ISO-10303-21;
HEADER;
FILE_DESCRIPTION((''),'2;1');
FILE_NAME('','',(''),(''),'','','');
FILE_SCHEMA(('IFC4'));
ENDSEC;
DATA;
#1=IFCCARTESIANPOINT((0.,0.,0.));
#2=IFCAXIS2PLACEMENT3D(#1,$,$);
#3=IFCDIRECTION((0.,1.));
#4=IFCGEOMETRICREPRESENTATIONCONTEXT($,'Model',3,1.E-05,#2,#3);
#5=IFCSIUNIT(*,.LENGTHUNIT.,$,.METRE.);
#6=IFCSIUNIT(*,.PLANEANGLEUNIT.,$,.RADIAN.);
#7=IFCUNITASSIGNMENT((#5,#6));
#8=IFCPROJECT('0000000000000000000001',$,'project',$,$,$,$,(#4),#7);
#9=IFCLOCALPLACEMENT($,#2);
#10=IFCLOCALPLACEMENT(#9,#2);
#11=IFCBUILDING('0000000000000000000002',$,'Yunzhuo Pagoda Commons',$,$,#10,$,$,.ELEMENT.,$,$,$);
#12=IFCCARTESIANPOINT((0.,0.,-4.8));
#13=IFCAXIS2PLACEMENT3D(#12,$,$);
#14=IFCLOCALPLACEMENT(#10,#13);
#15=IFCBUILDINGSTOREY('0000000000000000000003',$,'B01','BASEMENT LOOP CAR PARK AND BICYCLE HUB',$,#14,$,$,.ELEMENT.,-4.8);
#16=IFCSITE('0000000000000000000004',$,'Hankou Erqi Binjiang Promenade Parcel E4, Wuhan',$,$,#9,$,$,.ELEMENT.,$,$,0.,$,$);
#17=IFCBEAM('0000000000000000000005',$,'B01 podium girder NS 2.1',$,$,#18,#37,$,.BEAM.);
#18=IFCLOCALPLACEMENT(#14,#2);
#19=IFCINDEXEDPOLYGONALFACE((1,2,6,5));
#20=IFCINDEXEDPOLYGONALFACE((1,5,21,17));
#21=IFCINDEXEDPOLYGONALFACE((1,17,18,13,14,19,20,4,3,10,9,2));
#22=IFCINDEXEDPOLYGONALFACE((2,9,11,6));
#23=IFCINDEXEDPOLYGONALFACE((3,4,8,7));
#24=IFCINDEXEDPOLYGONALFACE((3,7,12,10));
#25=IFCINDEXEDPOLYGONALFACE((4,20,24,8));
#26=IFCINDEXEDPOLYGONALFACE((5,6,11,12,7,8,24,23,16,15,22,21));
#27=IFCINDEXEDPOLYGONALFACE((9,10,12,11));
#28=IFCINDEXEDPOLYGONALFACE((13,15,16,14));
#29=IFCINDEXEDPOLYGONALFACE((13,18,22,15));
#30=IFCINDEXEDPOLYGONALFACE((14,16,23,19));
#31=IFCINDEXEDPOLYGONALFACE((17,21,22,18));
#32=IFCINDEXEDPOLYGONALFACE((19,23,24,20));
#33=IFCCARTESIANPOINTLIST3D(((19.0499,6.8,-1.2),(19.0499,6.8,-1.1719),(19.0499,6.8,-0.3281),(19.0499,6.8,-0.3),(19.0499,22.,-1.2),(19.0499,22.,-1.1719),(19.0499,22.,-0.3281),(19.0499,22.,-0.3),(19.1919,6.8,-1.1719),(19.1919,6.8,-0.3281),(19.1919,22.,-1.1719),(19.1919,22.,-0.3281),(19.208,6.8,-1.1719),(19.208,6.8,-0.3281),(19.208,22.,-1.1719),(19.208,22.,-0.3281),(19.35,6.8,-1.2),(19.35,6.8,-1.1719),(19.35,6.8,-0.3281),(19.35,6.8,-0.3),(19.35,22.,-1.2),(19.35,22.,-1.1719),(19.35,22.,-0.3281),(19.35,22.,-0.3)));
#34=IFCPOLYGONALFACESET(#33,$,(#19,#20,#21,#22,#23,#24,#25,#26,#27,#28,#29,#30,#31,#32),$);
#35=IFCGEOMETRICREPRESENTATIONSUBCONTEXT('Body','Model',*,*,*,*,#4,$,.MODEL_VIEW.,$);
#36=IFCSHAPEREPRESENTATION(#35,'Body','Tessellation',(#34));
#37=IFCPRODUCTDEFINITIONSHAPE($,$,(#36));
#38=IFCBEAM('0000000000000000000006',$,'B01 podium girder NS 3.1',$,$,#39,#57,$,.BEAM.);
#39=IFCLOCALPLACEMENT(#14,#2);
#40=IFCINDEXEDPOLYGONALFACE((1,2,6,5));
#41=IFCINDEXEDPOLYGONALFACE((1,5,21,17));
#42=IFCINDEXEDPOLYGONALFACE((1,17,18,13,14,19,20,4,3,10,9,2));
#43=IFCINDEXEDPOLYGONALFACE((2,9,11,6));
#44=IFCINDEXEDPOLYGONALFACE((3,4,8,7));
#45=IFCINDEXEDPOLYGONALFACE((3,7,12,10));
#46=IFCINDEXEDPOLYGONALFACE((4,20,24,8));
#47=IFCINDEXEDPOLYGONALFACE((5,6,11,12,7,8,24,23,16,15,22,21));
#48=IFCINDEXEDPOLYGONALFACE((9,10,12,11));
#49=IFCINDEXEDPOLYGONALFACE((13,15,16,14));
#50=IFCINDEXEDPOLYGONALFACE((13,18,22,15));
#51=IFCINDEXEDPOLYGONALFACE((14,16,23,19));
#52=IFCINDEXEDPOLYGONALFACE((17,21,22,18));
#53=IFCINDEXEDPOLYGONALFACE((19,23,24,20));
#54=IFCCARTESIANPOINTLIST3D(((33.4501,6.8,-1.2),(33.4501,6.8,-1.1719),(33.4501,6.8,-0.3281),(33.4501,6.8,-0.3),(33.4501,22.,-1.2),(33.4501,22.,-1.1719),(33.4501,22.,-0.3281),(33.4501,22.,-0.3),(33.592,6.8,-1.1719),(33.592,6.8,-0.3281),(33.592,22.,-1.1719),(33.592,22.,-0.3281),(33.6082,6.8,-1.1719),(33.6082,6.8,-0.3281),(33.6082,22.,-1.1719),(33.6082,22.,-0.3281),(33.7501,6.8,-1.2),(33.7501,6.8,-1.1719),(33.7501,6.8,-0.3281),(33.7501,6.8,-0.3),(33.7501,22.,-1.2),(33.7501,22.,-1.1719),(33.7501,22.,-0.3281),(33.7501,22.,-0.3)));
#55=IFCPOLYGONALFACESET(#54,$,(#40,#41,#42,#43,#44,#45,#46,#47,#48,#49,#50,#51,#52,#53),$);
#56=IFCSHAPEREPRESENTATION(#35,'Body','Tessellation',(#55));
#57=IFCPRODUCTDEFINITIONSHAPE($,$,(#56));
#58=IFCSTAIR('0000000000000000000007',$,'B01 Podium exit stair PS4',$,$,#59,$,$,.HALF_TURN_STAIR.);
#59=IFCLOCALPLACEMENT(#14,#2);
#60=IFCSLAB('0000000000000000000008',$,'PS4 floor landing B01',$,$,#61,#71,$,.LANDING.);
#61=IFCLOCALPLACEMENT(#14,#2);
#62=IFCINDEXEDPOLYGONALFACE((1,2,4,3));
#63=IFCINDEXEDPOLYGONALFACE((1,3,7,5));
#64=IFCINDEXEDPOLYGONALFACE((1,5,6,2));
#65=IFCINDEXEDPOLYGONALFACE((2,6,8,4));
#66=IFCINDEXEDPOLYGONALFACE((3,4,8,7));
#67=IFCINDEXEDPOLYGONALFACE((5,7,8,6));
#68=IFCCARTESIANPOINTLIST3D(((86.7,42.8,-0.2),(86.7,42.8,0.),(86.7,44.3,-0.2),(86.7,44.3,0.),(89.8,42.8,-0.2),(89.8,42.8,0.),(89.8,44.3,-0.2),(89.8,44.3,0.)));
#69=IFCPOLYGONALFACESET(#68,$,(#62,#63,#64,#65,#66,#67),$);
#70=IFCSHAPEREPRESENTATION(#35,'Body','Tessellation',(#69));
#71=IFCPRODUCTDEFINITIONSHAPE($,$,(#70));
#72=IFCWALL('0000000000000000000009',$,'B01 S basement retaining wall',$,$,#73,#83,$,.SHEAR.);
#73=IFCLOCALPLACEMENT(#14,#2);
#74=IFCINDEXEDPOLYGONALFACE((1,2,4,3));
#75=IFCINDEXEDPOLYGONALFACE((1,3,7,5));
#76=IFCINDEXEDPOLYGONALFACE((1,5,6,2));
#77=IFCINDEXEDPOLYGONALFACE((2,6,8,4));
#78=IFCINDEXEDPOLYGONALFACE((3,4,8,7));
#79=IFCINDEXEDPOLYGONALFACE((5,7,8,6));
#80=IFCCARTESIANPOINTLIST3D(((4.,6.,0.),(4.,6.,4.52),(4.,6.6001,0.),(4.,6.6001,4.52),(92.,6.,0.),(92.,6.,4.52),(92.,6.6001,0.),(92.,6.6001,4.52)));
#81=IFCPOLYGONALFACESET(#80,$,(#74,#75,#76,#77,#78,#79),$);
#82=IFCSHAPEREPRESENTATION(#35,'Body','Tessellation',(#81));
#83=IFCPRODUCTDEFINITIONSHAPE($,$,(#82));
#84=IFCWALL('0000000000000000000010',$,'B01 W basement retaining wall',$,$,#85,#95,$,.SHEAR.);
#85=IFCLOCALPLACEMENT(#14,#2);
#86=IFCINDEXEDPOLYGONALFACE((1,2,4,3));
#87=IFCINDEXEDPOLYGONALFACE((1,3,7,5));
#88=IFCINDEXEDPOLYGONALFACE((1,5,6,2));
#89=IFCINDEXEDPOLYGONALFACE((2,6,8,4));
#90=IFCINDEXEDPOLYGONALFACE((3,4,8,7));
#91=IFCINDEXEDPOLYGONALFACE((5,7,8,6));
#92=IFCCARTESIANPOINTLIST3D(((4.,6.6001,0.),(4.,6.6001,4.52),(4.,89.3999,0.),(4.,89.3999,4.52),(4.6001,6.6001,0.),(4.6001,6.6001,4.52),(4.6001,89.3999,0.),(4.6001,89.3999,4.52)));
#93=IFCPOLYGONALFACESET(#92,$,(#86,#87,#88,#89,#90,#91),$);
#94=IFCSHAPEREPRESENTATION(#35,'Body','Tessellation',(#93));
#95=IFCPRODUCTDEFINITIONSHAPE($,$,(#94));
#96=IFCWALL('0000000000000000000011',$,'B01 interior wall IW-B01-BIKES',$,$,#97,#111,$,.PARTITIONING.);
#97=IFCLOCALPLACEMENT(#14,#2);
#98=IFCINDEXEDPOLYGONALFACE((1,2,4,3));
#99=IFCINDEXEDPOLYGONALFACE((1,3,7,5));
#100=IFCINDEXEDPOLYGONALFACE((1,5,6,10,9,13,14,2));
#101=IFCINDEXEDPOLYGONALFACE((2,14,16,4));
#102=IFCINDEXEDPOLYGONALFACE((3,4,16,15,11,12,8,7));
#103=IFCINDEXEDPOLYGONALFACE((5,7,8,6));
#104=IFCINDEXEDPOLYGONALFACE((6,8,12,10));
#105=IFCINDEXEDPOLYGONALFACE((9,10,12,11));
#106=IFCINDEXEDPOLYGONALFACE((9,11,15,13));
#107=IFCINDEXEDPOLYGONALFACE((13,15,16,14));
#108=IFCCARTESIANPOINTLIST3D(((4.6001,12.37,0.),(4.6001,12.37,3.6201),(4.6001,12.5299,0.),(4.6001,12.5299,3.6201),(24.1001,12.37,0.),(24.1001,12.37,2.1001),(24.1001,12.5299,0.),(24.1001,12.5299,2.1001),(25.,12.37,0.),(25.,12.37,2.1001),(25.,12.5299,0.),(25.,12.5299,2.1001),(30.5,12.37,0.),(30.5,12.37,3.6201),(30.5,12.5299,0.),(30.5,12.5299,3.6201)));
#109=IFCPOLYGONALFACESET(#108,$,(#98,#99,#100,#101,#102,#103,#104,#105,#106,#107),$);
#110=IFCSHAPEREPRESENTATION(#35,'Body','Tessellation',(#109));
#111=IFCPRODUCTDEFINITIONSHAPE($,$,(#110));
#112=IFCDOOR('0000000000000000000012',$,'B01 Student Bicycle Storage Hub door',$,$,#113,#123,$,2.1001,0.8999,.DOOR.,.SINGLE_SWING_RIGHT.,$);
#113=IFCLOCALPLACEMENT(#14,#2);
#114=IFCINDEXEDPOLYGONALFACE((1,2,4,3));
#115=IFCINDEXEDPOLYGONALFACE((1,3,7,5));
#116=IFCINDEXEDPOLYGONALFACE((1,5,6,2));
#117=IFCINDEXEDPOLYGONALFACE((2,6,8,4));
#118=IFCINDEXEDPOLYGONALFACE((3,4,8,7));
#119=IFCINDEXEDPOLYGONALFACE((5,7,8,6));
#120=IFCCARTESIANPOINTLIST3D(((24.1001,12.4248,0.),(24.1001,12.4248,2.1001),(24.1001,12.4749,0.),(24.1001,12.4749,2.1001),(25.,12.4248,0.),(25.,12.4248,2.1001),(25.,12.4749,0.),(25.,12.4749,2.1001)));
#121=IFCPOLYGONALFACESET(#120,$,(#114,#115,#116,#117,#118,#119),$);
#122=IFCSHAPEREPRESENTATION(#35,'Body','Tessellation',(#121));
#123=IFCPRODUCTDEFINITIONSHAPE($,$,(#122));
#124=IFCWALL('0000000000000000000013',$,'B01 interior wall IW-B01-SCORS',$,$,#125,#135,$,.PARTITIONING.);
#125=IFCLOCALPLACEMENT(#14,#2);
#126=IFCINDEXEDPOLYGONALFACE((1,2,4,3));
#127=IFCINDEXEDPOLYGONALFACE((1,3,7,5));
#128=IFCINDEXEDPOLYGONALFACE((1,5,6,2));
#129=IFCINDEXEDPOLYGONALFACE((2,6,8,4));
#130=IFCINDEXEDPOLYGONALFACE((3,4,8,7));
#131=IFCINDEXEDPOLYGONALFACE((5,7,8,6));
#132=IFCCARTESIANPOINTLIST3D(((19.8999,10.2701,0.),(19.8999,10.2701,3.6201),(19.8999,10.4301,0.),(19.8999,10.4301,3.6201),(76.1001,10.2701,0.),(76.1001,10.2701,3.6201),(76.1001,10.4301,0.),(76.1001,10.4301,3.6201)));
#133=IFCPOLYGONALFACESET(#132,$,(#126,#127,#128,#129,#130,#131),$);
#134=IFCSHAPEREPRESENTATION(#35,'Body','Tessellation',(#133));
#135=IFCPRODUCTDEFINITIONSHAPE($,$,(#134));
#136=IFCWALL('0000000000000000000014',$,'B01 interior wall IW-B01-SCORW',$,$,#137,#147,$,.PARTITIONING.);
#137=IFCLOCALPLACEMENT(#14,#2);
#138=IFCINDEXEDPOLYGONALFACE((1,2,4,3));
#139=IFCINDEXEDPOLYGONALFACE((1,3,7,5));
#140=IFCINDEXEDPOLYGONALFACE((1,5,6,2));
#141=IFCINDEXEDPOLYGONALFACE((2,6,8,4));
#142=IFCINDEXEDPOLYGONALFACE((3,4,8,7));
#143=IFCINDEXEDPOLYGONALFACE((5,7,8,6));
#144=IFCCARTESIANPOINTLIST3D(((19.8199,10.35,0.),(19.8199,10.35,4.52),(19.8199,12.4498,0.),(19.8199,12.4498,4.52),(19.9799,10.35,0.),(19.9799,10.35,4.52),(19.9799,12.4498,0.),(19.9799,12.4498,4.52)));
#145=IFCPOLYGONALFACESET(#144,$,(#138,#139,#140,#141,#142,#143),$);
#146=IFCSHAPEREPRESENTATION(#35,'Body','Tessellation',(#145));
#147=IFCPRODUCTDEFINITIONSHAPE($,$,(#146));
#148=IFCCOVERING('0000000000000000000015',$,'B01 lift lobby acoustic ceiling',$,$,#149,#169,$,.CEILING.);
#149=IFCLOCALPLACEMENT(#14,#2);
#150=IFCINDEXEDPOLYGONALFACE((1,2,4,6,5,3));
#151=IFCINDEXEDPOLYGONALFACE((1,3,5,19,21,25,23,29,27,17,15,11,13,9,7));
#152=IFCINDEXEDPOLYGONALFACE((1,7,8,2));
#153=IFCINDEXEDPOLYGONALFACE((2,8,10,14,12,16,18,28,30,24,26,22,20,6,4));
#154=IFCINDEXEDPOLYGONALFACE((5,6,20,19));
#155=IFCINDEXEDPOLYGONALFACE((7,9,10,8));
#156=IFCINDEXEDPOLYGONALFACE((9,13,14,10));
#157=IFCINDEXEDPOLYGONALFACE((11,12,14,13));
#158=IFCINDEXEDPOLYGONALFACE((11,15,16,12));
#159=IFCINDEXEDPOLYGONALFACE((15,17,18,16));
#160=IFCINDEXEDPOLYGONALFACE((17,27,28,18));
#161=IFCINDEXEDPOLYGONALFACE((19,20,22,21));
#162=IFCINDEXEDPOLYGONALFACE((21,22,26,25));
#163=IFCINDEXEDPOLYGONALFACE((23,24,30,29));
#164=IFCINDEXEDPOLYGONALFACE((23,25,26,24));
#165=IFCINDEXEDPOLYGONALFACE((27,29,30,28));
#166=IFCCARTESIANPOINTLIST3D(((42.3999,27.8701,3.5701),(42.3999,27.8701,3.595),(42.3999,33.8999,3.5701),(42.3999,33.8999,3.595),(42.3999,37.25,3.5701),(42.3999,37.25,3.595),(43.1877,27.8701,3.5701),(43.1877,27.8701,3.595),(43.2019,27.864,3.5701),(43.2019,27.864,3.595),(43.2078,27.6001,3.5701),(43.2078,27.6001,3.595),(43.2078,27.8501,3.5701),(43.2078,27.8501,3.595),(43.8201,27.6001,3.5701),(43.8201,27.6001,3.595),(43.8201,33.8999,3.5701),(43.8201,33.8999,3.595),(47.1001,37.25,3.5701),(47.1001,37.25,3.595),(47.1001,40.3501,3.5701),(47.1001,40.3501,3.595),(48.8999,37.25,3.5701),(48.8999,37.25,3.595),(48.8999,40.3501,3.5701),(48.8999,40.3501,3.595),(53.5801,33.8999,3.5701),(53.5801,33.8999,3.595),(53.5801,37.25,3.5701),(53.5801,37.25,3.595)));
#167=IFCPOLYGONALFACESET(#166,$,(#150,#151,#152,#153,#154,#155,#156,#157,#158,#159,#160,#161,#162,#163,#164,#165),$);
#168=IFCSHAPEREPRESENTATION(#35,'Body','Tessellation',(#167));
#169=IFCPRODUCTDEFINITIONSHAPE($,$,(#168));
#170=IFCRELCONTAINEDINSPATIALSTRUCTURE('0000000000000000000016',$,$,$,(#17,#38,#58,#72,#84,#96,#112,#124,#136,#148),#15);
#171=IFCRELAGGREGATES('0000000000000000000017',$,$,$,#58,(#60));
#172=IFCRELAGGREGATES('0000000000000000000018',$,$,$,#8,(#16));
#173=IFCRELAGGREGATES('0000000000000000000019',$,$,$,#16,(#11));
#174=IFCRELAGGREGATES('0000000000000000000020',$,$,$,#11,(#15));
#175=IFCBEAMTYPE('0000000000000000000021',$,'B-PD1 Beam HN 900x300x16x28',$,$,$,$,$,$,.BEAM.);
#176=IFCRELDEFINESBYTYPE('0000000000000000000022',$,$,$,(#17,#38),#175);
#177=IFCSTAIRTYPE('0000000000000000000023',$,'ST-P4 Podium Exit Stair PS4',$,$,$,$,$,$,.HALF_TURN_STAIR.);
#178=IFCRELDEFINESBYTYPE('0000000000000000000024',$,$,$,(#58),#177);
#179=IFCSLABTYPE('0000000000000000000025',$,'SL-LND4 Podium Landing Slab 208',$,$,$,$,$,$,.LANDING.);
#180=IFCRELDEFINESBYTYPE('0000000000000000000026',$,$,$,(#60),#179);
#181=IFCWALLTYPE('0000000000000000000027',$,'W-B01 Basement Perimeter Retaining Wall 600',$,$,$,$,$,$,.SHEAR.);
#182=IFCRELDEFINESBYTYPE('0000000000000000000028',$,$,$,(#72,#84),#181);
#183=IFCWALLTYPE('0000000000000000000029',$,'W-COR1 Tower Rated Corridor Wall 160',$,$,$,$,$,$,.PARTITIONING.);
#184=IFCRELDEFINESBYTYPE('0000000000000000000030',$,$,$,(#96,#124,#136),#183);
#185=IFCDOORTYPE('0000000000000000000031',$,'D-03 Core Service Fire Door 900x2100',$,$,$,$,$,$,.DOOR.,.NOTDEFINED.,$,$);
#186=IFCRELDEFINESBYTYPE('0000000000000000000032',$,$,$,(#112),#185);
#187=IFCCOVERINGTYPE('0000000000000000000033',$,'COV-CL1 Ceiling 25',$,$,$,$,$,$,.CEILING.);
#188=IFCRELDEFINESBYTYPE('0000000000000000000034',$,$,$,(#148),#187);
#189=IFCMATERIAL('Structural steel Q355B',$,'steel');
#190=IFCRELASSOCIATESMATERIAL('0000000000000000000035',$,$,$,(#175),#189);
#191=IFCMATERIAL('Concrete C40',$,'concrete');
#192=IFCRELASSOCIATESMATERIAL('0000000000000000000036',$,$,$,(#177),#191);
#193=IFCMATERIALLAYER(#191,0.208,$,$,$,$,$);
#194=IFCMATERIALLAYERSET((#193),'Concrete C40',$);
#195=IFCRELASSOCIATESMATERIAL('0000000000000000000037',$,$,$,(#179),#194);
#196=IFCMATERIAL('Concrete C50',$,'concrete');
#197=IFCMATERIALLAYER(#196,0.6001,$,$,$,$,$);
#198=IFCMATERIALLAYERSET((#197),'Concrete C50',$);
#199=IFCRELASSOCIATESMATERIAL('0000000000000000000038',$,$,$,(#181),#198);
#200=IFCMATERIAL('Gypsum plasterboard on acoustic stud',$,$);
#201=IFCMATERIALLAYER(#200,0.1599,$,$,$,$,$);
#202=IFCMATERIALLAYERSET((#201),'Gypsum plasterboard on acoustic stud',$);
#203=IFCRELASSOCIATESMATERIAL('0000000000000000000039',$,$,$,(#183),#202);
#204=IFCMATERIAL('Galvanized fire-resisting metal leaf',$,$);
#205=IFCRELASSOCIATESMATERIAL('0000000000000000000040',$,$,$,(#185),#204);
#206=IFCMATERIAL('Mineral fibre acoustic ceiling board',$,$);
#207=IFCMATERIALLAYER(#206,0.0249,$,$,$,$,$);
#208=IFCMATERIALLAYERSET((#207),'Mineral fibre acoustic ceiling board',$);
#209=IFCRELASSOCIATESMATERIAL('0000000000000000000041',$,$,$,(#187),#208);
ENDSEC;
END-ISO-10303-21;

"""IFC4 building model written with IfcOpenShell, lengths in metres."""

from ifc_helpers import new_model, si_unit, direction, frame, frame_2d, origin, origin_with_axes, origin_2d, place, context, subcontext, project, spatial, polyline, rectangle, i_section, outline, extrude, source, transform, mapped, material, layer, layer_set, material_profile, profile_set, type_object, element, fill, aggregate, save


model = new_model("IFC4")

# Units and contexts
model_context = context("Model", 3, precision=1e-05, world=origin(), true_north=direction((0.0, 1.0)))
body_context = subcontext(model_context, "Body", "Model", "MODEL_VIEW")
ifc_project = project(units=[si_unit("LENGTHUNIT", "METRE"), si_unit("PLANEANGLEUNIT", "RADIAN")], contexts=[model_context])

# Site, building, storey
site_placement = place(None, origin())
site = spatial("IfcSite", under=ifc_project, at=site_placement, Name="Hankou Erqi Binjiang Promenade Parcel E4, Wuhan", CompositionType="ELEMENT", RefElevation=0.0)
building_placement = place(site_placement, origin())
building = spatial("IfcBuilding", under=site, at=building_placement, Name="Yunzhuo Pagoda Commons", CompositionType="ELEMENT")
storey_placement = place(building_placement, frame((0.0, 0.0, -4.8)))
storey = spatial("IfcBuildingStorey", under=building, at=storey_placement, Name="B01", Description="BASEMENT LOOP CAR PARK AND BICYCLE HUB", CompositionType="ELEMENT", Elevation=-4.8)

# Shared definitions
ifc_material_1 = material(Name="Concrete C50", Category="concrete")

# Beams
ifc_material_2 = material(Name="Structural steel Q355B", Category="steel")
ifc_material_profile_1 = material_profile(ifc_material_2, i_section(OverallWidth=0.3, OverallDepth=0.8999, WebThickness=0.0161, FlangeThickness=0.0281, at=origin_2d()), Name="Structural steel Q355B")
ifc_profile_set_1 = profile_set([ifc_material_profile_1], Name="Structural steel Q355B")
beam_type_1 = type_object("IfcBeamType", Name="B-PD1 Beam HN 900x300x16x28", PredefinedType="BEAM", material=ifc_profile_set_1)
shared_shape_1 = source(origin(), body_context, "Body", "SweptSolid", [
    extrude(i_section(OverallWidth=0.3, OverallDepth=0.8999, WebThickness=0.0161, FlangeThickness=0.0281, at=origin_2d()), origin(), (0.0, 0.0, 1.0), 15.2),
])
for number, where, z_axis, x_axis, name in (
    (1, (19.2, 6.8, -0.75), (0.0, 1.0, 0.0), (-1.0, 0.0, 0.0), "B01 podium girder NS 2.1"),
    (2, (33.6001, 6.8, -0.75), (0.0, 1.0, 0.0), (-1.0, 0.0, 0.0), "B01 podium girder NS 3.1"),
):
    element("IfcBeam", number, at=place(storey_placement, frame(where, z_axis=z_axis, x_axis=x_axis)), inside=storey, type_object=beam_type_1, Name=name, PredefinedType="BEAM", context=body_context, shape_type="MappedRepresentation", body=[
        mapped(shared_shape_1, transform((0.0, 0.0, 0.0), scale=1.0)),
    ])

# Stair, slab
ifc_material_3 = material(Name="Concrete C40", Category="concrete")
stair_type = type_object("IfcStairType", Name="ST-P4 Podium Exit Stair PS4", PredefinedType="HALF_TURN_STAIR", material=ifc_material_3)
stair_placement = place(storey_placement, origin())
stair = element("IfcStair", 3, at=stair_placement, inside=storey, type_object=stair_type, Name="B01 Podium exit stair PS4", PredefinedType="HALF_TURN_STAIR")
ifc_layer_1 = layer(ifc_material_3, 0.208)
ifc_layer_set_1 = layer_set([ifc_layer_1], Name="Concrete C40")
slab_type = type_object("IfcSlabType", Name="SL-LND4 Podium Landing Slab 208", PredefinedType="LANDING", material=ifc_layer_set_1)
slab_placement = place(storey_placement, frame((0.0, 0.0, -0.2)))
slab = element("IfcSlab", 4, at=slab_placement, type_object=slab_type, Name="PS4 floor landing B01", PredefinedType="LANDING", context=body_context, shape_type="SweptSolid", body=[
    extrude(outline(polyline([(89.8, 42.8), (89.8, 44.3), (86.7, 44.3), (86.7, 42.8), (89.8, 42.8)])), origin(), (0.0, 0.0, 1.0), 0.2),
])
aggregate(stair, [slab])

# Walls
ifc_layer_2 = layer(ifc_material_1, 0.6001)
ifc_layer_set_2 = layer_set([ifc_layer_2], Name="Concrete C50")
wall_type_1 = type_object("IfcWallType", Name="W-B01 Basement Perimeter Retaining Wall 600", PredefinedType="SHEAR", material=ifc_layer_set_2)
wall_1_placement = place(storey_placement, frame((4.0, 6.3, 0.0), z_axis=(0.0, 0.0, 1.0), x_axis=(1.0, 0.0, 0.0)))
element("IfcWall", 5, at=wall_1_placement, inside=storey, type_object=wall_type_1, Name="B01 S basement retaining wall", PredefinedType="SHEAR", context=body_context, shape_type="SweptSolid", body=[
    extrude(rectangle(XDim=88.0, YDim=0.6001, at=frame_2d((44.0, 0.0))), origin(), (0.0, 0.0, 1.0), 4.52),
])
wall_2_placement = place(storey_placement, frame((4.3, 6.6001, 0.0), z_axis=(0.0, 0.0, 1.0), x_axis=(0.0, 1.0, 0.0)))
element("IfcWall", 6, at=wall_2_placement, inside=storey, type_object=wall_type_1, Name="B01 W basement retaining wall", PredefinedType="SHEAR", context=body_context, shape_type="SweptSolid", body=[
    extrude(rectangle(XDim=82.7998, YDim=0.6001, at=frame_2d((41.3999, 0.0))), origin(), (0.0, 0.0, 1.0), 4.52),
])

# Wall, opening, door
ifc_material_4 = material(Name="Gypsum plasterboard on acoustic stud")
ifc_layer_3 = layer(ifc_material_4, 0.1599)
ifc_layer_set_3 = layer_set([ifc_layer_3], Name="Gypsum plasterboard on acoustic stud")
wall_type_2 = type_object("IfcWallType", Name="W-COR1 Tower Rated Corridor Wall 160", PredefinedType="PARTITIONING", material=ifc_layer_set_3)
wall_3_placement = place(storey_placement, frame((4.6001, 12.45, 0.0), z_axis=(0.0, 0.0, 1.0), x_axis=(1.0, 0.0, 0.0)))
wall_3 = element("IfcWall", 7, at=wall_3_placement, inside=storey, type_object=wall_type_2, Name="B01 interior wall IW-B01-BIKES", PredefinedType="PARTITIONING", context=body_context, shape_type="SweptSolid", body=[
    extrude(rectangle(XDim=25.8999, YDim=0.1599, at=frame_2d((12.95, 0.0))), origin(), (0.0, 0.0, 1.0), 3.6201),
])
opening_placement = place(wall_3_placement, frame((19.5, 0.0, 0.0)))
opening = element("IfcOpeningElement", 8, at=opening_placement, cuts=wall_3, PredefinedType="OPENING", context=body_context, shape_type="SweptSolid", body=[
    extrude(rectangle(XDim=0.8999, YDim=2.1001, at=frame_2d((0.45, 1.05))), frame((0.0, 0.0898, 0.0), z_axis=(0.0, -1.0, 0.0), x_axis=(1.0, 0.0, 0.0)), (0.0, 0.0, 1.0), 0.1799),
])
ifc_material_5 = material(Name="Galvanized fire-resisting metal leaf")
door_type = type_object("IfcDoorType", Name="D-03 Core Service Fire Door 900x2100", OperationType="NOTDEFINED", PredefinedType="DOOR", material=ifc_material_5)
shared_shape_2 = source(origin(), body_context, "Body", "SweptSolid", [
    extrude(rectangle(XDim=0.8999, YDim=2.1001, at=frame_2d((0.45, 1.05))), frame((0.0, 0.0249, 0.0), z_axis=(0.0, -1.0, 0.0), x_axis=(1.0, 0.0, 0.0)), (0.0, 0.0, 1.0), 0.05),
])
door_placement = place(opening_placement, origin_with_axes())
door = element("IfcDoor", 9, at=door_placement, inside=storey, type_object=door_type, Name="B01 Student Bicycle Storage Hub door", OperationType="SINGLE_SWING_RIGHT", OverallHeight=2.1001, OverallWidth=0.8999, PredefinedType="DOOR", context=body_context, shape_type="MappedRepresentation", body=[
    mapped(shared_shape_2, transform((0.0, 0.0, 0.0), scale=1.0)),
])
fill(opening, door)

# Walls
wall_4_placement = place(storey_placement, frame((19.8999, 10.3501, 0.0), z_axis=(0.0, 0.0, 1.0), x_axis=(1.0, 0.0, 0.0)))
element("IfcWall", 10, at=wall_4_placement, inside=storey, type_object=wall_type_2, Name="B01 interior wall IW-B01-SCORS", PredefinedType="PARTITIONING", context=body_context, shape_type="SweptSolid", body=[
    extrude(rectangle(XDim=56.2002, YDim=0.1599, at=frame_2d((28.1001, 0.0))), origin(), (0.0, 0.0, 1.0), 3.6201),
])
wall_5_placement = place(storey_placement, frame((19.8999, 10.3501, 0.0), z_axis=(0.0, 0.0, 1.0), x_axis=(0.0, 1.0, 0.0)))
element("IfcWall", 11, at=wall_5_placement, inside=storey, type_object=wall_type_2, Name="B01 interior wall IW-B01-SCORW", PredefinedType="PARTITIONING", context=body_context, shape_type="SweptSolid", body=[
    extrude(rectangle(XDim=2.0999, YDim=0.1599, at=frame_2d((1.0498, 0.0))), origin(), (0.0, 0.0, 1.0), 4.52),
])

# Covering
ifc_material_6 = material(Name="Mineral fibre acoustic ceiling board")
ifc_layer_4 = layer(ifc_material_6, 0.0249)
ifc_layer_set_4 = layer_set([ifc_layer_4], Name="Mineral fibre acoustic ceiling board")
covering_type_1 = type_object("IfcCoveringType", Name="COV-CL1 Ceiling 25", PredefinedType="CEILING", material=ifc_layer_set_4)
covering_1_placement = place(storey_placement, frame((0.0, 0.0, 3.5701)))
element("IfcCovering", 12, at=covering_1_placement, inside=storey, type_object=covering_type_1, Name="B01 lift lobby acoustic ceiling", PredefinedType="CEILING", context=body_context, shape_type="SweptSolid", body=[
    extrude(outline(polyline([(43.2078, 27.8501), (43.2019, 27.864), (43.1877, 27.8701), (42.3999, 27.8701), (42.3999, 33.8999), (42.3999, 37.25), (47.1001, 37.25), (47.1001, 40.3501), (48.8999, 40.3501), (48.8999, 37.25), (53.5801, 37.25), (53.5801, 33.8999), (43.8201, 33.8999), (43.8201, 27.6001), (43.2078, 27.6001), (43.2078, 27.8501)])), origin(), (0.0, 0.0, 1.0), 0.0249),
])

save(model, "model.ifc")
